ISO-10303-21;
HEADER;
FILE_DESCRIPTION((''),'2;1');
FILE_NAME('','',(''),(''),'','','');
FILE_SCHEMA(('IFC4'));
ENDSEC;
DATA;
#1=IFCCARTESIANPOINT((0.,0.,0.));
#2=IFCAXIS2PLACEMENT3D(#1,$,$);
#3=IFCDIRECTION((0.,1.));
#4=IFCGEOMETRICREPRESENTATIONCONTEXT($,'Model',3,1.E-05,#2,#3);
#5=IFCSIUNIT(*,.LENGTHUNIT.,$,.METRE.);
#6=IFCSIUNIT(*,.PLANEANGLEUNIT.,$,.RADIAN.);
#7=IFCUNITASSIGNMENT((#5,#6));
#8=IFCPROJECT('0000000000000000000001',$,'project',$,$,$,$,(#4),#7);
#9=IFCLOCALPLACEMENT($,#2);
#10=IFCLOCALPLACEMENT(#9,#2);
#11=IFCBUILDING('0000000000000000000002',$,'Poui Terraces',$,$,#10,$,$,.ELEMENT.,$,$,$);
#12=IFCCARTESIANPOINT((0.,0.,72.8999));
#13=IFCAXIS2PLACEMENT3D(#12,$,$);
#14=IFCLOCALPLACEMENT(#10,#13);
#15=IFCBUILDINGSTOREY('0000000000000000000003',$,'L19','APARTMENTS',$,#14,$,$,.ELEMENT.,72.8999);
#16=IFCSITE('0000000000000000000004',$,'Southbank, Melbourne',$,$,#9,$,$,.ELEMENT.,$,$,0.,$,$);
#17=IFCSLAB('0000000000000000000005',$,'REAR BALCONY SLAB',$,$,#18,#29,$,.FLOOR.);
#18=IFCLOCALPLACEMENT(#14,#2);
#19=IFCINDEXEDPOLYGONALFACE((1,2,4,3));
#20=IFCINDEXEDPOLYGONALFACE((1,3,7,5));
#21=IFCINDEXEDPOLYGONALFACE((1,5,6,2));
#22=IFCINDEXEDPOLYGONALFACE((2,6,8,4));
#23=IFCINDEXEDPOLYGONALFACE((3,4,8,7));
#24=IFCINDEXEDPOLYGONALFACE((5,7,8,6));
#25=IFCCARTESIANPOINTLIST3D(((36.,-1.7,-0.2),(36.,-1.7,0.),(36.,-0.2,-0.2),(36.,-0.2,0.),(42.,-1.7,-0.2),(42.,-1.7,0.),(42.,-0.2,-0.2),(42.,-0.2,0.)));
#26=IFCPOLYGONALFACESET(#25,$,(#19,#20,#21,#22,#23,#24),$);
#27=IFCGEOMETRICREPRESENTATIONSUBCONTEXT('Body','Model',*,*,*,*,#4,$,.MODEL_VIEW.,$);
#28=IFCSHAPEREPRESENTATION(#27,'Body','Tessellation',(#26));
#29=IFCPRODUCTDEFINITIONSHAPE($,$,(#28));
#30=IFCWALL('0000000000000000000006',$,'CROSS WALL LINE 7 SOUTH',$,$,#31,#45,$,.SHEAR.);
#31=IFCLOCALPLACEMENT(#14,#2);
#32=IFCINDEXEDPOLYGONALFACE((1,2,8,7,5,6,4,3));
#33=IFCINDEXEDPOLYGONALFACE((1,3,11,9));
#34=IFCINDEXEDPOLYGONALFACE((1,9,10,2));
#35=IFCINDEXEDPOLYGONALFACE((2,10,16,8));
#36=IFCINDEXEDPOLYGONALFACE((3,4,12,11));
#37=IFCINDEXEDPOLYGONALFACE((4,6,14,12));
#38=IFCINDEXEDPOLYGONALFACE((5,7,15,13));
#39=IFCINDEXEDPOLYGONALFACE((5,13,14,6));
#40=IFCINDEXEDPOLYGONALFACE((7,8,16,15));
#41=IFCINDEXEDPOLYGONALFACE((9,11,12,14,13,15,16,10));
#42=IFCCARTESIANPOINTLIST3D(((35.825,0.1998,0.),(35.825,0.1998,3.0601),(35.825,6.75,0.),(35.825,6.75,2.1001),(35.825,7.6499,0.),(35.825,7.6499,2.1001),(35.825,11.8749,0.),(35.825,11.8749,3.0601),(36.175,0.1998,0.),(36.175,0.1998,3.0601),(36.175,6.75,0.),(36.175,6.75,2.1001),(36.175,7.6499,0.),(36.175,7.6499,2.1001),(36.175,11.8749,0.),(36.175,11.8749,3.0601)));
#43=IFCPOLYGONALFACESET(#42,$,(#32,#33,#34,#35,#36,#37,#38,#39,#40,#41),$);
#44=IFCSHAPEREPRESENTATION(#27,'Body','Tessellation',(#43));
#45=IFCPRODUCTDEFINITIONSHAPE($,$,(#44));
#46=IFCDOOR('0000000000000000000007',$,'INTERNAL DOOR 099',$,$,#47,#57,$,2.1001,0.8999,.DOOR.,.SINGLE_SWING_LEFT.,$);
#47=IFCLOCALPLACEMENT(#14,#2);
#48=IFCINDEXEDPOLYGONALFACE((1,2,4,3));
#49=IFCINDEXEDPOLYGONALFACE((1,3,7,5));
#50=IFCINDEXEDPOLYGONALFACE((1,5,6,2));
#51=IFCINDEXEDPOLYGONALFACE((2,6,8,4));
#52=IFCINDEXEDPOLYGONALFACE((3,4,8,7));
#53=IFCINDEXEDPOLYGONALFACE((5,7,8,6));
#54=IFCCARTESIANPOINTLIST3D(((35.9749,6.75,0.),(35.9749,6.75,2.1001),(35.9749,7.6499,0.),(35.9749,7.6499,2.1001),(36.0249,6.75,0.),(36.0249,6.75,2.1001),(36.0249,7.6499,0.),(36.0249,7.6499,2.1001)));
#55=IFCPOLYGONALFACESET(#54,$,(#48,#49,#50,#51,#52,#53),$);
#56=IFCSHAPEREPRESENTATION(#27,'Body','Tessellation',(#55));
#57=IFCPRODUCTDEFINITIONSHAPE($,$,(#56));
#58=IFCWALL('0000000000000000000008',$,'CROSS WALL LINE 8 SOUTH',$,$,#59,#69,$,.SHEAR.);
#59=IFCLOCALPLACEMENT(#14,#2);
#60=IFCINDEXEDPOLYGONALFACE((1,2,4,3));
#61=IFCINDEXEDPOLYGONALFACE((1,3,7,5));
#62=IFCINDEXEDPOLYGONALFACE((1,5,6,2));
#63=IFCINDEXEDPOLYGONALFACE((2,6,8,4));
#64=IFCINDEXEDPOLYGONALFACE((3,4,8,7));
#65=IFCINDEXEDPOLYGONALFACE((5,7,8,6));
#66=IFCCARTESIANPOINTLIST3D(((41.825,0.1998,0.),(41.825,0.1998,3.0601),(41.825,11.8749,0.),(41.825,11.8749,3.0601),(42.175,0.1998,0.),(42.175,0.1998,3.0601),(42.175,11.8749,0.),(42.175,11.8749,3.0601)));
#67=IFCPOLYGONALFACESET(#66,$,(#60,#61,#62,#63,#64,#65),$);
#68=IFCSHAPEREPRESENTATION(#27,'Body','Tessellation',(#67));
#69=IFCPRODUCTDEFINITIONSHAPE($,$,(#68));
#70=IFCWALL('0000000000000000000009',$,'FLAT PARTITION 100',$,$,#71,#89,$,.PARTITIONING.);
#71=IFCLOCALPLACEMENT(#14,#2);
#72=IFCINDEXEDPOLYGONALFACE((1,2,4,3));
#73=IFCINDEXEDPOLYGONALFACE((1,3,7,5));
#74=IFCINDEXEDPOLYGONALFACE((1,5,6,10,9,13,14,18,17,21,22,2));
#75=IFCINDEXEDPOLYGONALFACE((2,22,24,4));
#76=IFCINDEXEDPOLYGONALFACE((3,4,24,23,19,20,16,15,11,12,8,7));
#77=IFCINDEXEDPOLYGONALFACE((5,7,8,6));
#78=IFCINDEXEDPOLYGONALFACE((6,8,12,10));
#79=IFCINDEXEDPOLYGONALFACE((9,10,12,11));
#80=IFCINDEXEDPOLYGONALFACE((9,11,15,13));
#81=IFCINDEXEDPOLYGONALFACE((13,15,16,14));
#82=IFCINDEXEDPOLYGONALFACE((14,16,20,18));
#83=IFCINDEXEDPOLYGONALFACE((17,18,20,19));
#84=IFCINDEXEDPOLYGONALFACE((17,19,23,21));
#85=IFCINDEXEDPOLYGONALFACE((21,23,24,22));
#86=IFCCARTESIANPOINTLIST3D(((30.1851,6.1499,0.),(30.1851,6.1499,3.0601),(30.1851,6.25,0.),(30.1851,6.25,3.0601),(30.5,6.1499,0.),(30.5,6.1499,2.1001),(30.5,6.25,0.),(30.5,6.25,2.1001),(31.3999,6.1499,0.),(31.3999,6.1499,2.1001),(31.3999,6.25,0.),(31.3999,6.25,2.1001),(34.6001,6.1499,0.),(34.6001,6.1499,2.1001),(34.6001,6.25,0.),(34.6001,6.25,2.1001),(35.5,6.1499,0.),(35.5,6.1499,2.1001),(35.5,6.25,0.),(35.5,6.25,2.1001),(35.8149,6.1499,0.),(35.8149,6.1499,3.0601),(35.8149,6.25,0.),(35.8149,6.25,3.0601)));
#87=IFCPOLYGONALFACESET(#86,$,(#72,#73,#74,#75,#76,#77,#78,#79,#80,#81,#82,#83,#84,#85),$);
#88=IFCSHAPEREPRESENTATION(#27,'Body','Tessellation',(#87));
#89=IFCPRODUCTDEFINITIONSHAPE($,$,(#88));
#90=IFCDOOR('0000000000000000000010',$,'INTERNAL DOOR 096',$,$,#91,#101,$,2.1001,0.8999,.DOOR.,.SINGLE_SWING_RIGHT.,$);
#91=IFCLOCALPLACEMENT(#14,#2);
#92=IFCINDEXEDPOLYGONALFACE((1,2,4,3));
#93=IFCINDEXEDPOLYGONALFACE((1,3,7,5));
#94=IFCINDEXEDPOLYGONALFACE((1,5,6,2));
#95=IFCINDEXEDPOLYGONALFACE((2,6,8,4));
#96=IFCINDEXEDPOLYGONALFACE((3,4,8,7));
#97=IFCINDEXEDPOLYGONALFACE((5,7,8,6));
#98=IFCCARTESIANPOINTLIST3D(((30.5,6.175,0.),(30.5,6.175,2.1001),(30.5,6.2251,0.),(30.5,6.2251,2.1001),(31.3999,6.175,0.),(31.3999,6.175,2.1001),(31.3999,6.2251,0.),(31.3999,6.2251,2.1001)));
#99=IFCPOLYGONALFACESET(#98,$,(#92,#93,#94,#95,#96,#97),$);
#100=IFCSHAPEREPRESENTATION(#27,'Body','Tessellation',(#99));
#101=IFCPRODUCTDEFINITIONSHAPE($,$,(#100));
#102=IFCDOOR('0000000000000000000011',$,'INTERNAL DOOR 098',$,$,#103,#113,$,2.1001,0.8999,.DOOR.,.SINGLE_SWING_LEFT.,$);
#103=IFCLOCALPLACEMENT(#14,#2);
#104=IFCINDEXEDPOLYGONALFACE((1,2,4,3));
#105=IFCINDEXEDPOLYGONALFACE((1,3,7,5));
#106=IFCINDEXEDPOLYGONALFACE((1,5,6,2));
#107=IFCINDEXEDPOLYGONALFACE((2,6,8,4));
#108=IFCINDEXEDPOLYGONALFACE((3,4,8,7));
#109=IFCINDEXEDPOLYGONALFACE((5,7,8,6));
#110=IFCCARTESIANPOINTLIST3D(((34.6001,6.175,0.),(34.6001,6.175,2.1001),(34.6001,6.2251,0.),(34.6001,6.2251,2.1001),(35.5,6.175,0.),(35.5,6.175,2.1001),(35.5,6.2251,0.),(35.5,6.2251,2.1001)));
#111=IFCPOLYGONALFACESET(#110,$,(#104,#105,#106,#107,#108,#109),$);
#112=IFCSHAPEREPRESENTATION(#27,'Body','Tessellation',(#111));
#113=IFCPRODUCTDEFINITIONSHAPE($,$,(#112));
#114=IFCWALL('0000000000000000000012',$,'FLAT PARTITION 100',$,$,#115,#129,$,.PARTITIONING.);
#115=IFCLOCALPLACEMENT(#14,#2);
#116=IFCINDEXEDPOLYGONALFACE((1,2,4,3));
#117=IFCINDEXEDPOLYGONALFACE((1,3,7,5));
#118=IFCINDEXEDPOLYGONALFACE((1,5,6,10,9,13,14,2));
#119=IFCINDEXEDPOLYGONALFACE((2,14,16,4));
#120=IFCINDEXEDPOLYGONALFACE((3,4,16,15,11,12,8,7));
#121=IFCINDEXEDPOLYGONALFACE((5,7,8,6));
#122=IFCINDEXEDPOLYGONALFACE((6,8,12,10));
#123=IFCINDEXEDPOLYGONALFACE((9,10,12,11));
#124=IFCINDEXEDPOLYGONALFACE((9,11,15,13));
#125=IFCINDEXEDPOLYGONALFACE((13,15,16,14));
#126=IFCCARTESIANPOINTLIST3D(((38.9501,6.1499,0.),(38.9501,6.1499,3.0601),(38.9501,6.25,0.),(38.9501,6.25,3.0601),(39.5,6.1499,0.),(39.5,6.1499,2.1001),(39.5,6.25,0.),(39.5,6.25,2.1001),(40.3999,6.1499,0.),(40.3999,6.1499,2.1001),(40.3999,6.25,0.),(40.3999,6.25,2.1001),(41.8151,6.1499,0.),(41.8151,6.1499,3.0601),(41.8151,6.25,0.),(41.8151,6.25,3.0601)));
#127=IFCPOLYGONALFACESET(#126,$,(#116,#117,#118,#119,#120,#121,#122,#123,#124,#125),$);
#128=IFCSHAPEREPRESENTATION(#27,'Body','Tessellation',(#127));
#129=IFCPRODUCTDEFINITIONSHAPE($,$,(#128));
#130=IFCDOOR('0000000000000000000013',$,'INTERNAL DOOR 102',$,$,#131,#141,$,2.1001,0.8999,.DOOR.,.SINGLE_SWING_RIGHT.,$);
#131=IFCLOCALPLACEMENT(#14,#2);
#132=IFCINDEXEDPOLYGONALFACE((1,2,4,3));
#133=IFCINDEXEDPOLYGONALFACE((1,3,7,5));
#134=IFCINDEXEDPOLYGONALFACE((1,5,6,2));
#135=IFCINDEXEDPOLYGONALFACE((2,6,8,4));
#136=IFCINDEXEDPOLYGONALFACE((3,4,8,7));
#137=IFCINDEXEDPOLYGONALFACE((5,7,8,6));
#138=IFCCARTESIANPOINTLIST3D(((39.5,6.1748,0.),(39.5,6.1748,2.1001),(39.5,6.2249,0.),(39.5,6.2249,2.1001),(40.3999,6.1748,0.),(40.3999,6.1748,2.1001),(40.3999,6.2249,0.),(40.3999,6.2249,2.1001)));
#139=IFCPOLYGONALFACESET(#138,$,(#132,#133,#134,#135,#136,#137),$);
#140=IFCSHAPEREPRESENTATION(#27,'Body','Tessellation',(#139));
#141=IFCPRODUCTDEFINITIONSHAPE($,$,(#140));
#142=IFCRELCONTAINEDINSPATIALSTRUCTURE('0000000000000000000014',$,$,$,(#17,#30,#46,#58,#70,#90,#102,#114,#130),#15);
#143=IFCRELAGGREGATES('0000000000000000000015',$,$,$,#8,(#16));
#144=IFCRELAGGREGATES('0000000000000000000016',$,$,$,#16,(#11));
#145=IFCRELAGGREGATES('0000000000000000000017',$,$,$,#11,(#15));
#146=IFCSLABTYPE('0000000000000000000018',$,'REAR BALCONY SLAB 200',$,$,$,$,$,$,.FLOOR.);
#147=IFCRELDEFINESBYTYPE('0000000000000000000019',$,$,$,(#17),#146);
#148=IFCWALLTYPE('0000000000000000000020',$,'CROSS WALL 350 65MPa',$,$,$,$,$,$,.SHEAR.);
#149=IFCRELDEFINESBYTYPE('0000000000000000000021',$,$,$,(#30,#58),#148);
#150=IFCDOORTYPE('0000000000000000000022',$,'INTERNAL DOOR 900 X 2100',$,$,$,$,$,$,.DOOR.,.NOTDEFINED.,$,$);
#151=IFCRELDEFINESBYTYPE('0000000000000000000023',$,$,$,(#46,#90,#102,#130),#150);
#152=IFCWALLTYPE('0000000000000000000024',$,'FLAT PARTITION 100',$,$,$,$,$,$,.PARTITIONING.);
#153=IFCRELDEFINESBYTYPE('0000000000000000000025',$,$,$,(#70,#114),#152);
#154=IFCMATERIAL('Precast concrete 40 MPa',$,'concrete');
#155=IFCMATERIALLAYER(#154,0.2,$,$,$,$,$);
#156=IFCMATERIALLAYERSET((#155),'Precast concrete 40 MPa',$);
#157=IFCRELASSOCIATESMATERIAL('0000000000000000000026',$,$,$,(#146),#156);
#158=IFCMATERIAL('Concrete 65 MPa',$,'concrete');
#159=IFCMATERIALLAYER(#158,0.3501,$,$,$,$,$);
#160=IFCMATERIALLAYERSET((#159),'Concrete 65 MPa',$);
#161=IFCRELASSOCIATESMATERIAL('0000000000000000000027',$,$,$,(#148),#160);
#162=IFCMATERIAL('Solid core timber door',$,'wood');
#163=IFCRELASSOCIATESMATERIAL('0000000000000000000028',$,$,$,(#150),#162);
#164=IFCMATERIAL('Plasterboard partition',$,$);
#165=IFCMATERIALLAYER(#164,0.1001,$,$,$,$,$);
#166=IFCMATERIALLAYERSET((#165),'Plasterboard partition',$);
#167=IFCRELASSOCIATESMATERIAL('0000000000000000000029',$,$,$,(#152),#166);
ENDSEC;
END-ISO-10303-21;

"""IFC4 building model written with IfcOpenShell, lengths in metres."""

from ifc_helpers import new_model, si_unit, direction, frame, frame_2d, origin, place, context, subcontext, project, spatial, polyline, rectangle, outline, extrude, source, transform, mapped, material, layer, layer_set, type_object, element, fill, save


model = new_model("IFC4")

# Units and contexts
model_context = context("Model", 3, precision=1e-05, world=origin(), true_north=direction((0.0, 1.0)))
body_context = subcontext(model_context, "Body", "Model", "MODEL_VIEW")
ifc_project = project(units=[si_unit("LENGTHUNIT", "METRE"), si_unit("PLANEANGLEUNIT", "RADIAN")], contexts=[model_context])

# Site, building, storey
site_placement = place(None, origin())
site = spatial("IfcSite", under=ifc_project, at=site_placement, Name="Southbank, Melbourne", CompositionType="ELEMENT", RefElevation=0.0)
building_placement = place(site_placement, origin())
building = spatial("IfcBuilding", under=site, at=building_placement, Name="Poui Terraces", CompositionType="ELEMENT")
storey_placement = place(building_placement, frame((0.0, 0.0, 72.8999)))
storey = spatial("IfcBuildingStorey", under=building, at=storey_placement, Name="L19", Description="APARTMENTS", CompositionType="ELEMENT", Elevation=72.8999)

# Slab
ifc_material_1 = material(Name="Precast concrete 40 MPa", Category="concrete")
ifc_layer_1 = layer(ifc_material_1, 0.2)
ifc_layer_set_1 = layer_set([ifc_layer_1], Name="Precast concrete 40 MPa")
slab_type = type_object("IfcSlabType", Name="REAR BALCONY SLAB 200", PredefinedType="FLOOR", material=ifc_layer_set_1)
shared_shape_1 = source(origin(), body_context, "Body", "SweptSolid", [
    extrude(outline(polyline([(0.0, 0.0), (6.0, 0.0), (6.0, 1.5), (0.0, 1.5), (0.0, 0.0)])), origin(), (0.0, 0.0, 1.0), 0.2),
])
slab_placement = place(storey_placement, frame((36.0, -1.7, -0.2)))
element("IfcSlab", 1, at=slab_placement, inside=storey, type_object=slab_type, Name="REAR BALCONY SLAB", PredefinedType="FLOOR", context=body_context, shape_type="MappedRepresentation", body=[
    mapped(shared_shape_1, transform((0.0, 0.0, 0.0))),
])

# Wall, opening, door
ifc_material_2 = material(Name="Concrete 65 MPa", Category="concrete")
ifc_layer_2 = layer(ifc_material_2, 0.3501)
ifc_layer_set_2 = layer_set([ifc_layer_2], Name="Concrete 65 MPa")
wall_type_1 = type_object("IfcWallType", Name="CROSS WALL 350 65MPa", PredefinedType="SHEAR", material=ifc_layer_set_2)
wall_1_placement = place(storey_placement, frame((36.0, 0.2, 0.0), z_axis=(0.0, 0.0, 1.0), x_axis=(0.0, 1.0, 0.0)))
wall_1 = element("IfcWall", 2, at=wall_1_placement, inside=storey, type_object=wall_type_1, Name="CROSS WALL LINE 7 SOUTH", PredefinedType="SHEAR", context=body_context, shape_type="SweptSolid", body=[
    extrude(rectangle(XDim=11.675, YDim=0.3501, at=frame_2d((5.8374, 0.0))), origin(), (0.0, 0.0, 1.0), 3.0601),
])
opening_1_placement = place(wall_1_placement, frame((6.55, 0.0, 0.0)))
opening_1 = element("IfcOpeningElement", 3, at=opening_1_placement, cuts=wall_1, PredefinedType="OPENING", context=body_context, shape_type="SweptSolid", body=[
    extrude(rectangle(XDim=0.8999, YDim=2.1001, at=frame_2d((0.45, 1.05))), frame((0.0, 0.1851, 0.0), z_axis=(0.0, -1.0, 0.0), x_axis=(1.0, 0.0, 0.0)), (0.0, 0.0, 1.0), 0.3701),
])
ifc_material_3 = material(Name="Solid core timber door", Category="wood")
door_type_1 = type_object("IfcDoorType", Name="INTERNAL DOOR 900 X 2100", OperationType="NOTDEFINED", PredefinedType="DOOR", material=ifc_material_3)
door_1_placement = place(opening_1_placement, frame((0.8999, 0.0, 0.0), z_axis=(0.0, 0.0, 1.0), x_axis=(-1.0, 0.0, 0.0)))
door_1 = element("IfcDoor", 4, at=door_1_placement, inside=storey, type_object=door_type_1, Name="INTERNAL DOOR 099", OperationType="SINGLE_SWING_LEFT", OverallHeight=2.1001, OverallWidth=0.8999, PredefinedType="DOOR", context=body_context, shape_type="SweptSolid", body=[
    extrude(rectangle(XDim=0.8999, YDim=2.1001, at=frame_2d((0.45, 1.05))), frame((0.0, 0.0249, 0.0), z_axis=(0.0, -1.0, 0.0), x_axis=(1.0, 0.0, 0.0)), (0.0, 0.0, 1.0), 0.05),
])
fill(opening_1, door_1)

# Wall
wall_2_placement = place(storey_placement, frame((42.0, 0.2, 0.0), z_axis=(0.0, 0.0, 1.0), x_axis=(0.0, 1.0, 0.0)))
element("IfcWall", 5, at=wall_2_placement, inside=storey, type_object=wall_type_1, Name="CROSS WALL LINE 8 SOUTH", PredefinedType="SHEAR", context=body_context, shape_type="SweptSolid", body=[
    extrude(rectangle(XDim=11.675, YDim=0.3501, at=frame_2d((5.8374, 0.0))), origin(), (0.0, 0.0, 1.0), 3.0601),
])

# Wall, openings, doors
ifc_material_4 = material(Name="Plasterboard partition")
ifc_layer_3 = layer(ifc_material_4, 0.1001)
ifc_layer_set_3 = layer_set([ifc_layer_3], Name="Plasterboard partition")
wall_type_2 = type_object("IfcWallType", Name="FLAT PARTITION 100", PredefinedType="PARTITIONING", material=ifc_layer_set_3)
wall_3_placement = place(storey_placement, frame((30.1851, 6.2, 0.0), z_axis=(0.0, 0.0, 1.0), x_axis=(1.0, 0.0, 0.0)))
wall_3 = element("IfcWall", 6, at=wall_3_placement, inside=storey, type_object=wall_type_2, Name="FLAT PARTITION 100", PredefinedType="PARTITIONING", context=body_context, shape_type="SweptSolid", body=[
    extrude(rectangle(XDim=5.6299, YDim=0.1001, at=frame_2d((2.8149, 0.0))), origin(), (0.0, 0.0, 1.0), 3.0601),
])
opening_2_placement = place(wall_3_placement, frame((0.3149, 0.0, 0.0)))
opening_2 = element("IfcOpeningElement", 7, at=opening_2_placement, cuts=wall_3, PredefinedType="OPENING", context=body_context, shape_type="SweptSolid", body=[
    extrude(rectangle(XDim=0.8999, YDim=2.1001, at=frame_2d((0.45, 1.05))), frame((0.0, 0.0601, 0.0), z_axis=(0.0, -1.0, 0.0), x_axis=(1.0, 0.0, 0.0)), (0.0, 0.0, 1.0), 0.1201),
])
opening_3_placement = place(wall_3_placement, frame((4.415, 0.0, 0.0)))
opening_3 = element("IfcOpeningElement", 8, at=opening_3_placement, cuts=wall_3, PredefinedType="OPENING", context=body_context, shape_type="SweptSolid", body=[
    extrude(rectangle(XDim=0.8999, YDim=2.1001, at=frame_2d((0.45, 1.05))), frame((0.0, 0.0601, 0.0), z_axis=(0.0, -1.0, 0.0), x_axis=(1.0, 0.0, 0.0)), (0.0, 0.0, 1.0), 0.1201),
])
door_2_placement = place(opening_2_placement, frame((0.8999, 0.0, 0.0), z_axis=(0.0, 0.0, 1.0), x_axis=(-1.0, 0.0, 0.0)))
door_2 = element("IfcDoor", 9, at=door_2_placement, inside=storey, type_object=door_type_1, Name="INTERNAL DOOR 096", OperationType="SINGLE_SWING_RIGHT", OverallHeight=2.1001, OverallWidth=0.8999, PredefinedType="DOOR", context=body_context, shape_type="SweptSolid", body=[
    extrude(rectangle(XDim=0.8999, YDim=2.1001, at=frame_2d((0.45, 1.05))), frame((0.0, 0.0249, 0.0), z_axis=(0.0, -1.0, 0.0), x_axis=(1.0, 0.0, 0.0)), (0.0, 0.0, 1.0), 0.05),
])
fill(opening_2, door_2)
door_3_placement = place(opening_3_placement, frame((0.8999, 0.0, 0.0), z_axis=(0.0, 0.0, 1.0), x_axis=(-1.0, 0.0, 0.0)))
door_3 = element("IfcDoor", 10, at=door_3_placement, inside=storey, type_object=door_type_1, Name="INTERNAL DOOR 098", OperationType="SINGLE_SWING_LEFT", OverallHeight=2.1001, OverallWidth=0.8999, PredefinedType="DOOR", context=body_context, shape_type="SweptSolid", body=[
    extrude(rectangle(XDim=0.8999, YDim=2.1001, at=frame_2d((0.45, 1.05))), frame((0.0, 0.0249, 0.0), z_axis=(0.0, -1.0, 0.0), x_axis=(1.0, 0.0, 0.0)), (0.0, 0.0, 1.0), 0.05),
])
fill(opening_3, door_3)

# Wall, opening, door
wall_4_placement = place(storey_placement, frame((38.95, 6.2, 0.0), z_axis=(0.0, 0.0, 1.0), x_axis=(1.0, 0.0, 0.0)))
wall_4 = element("IfcWall", 11, at=wall_4_placement, inside=storey, type_object=wall_type_2, Name="FLAT PARTITION 100", PredefinedType="PARTITIONING", context=body_context, shape_type="SweptSolid", body=[
    extrude(rectangle(XDim=2.865, YDim=0.1001, at=frame_2d((1.4326, 0.0))), origin(), (0.0, 0.0, 1.0), 3.0601),
])
opening_4_placement = place(wall_4_placement, frame((0.55, 0.0, 0.0)))
opening_4 = element("IfcOpeningElement", 12, at=opening_4_placement, cuts=wall_4, PredefinedType="OPENING", context=body_context, shape_type="SweptSolid", body=[
    extrude(rectangle(XDim=0.8999, YDim=2.1001, at=frame_2d((0.45, 1.05))), frame((0.0, 0.0601, 0.0), z_axis=(0.0, -1.0, 0.0), x_axis=(1.0, 0.0, 0.0)), (0.0, 0.0, 1.0), 0.1201),
])
door_4_placement = place(opening_4_placement, origin())
door_4 = element("IfcDoor", 13, at=door_4_placement, inside=storey, type_object=door_type_1, Name="INTERNAL DOOR 102", OperationType="SINGLE_SWING_RIGHT", OverallHeight=2.1001, OverallWidth=0.8999, PredefinedType="DOOR", context=body_context, shape_type="SweptSolid", body=[
    extrude(rectangle(XDim=0.8999, YDim=2.1001, at=frame_2d((0.45, 1.05))), frame((0.0, 0.0249, 0.0), z_axis=(0.0, -1.0, 0.0), x_axis=(1.0, 0.0, 0.0)), (0.0, 0.0, 1.0), 0.05),
])
fill(opening_4, door_4)

save(model, "model.ifc")
